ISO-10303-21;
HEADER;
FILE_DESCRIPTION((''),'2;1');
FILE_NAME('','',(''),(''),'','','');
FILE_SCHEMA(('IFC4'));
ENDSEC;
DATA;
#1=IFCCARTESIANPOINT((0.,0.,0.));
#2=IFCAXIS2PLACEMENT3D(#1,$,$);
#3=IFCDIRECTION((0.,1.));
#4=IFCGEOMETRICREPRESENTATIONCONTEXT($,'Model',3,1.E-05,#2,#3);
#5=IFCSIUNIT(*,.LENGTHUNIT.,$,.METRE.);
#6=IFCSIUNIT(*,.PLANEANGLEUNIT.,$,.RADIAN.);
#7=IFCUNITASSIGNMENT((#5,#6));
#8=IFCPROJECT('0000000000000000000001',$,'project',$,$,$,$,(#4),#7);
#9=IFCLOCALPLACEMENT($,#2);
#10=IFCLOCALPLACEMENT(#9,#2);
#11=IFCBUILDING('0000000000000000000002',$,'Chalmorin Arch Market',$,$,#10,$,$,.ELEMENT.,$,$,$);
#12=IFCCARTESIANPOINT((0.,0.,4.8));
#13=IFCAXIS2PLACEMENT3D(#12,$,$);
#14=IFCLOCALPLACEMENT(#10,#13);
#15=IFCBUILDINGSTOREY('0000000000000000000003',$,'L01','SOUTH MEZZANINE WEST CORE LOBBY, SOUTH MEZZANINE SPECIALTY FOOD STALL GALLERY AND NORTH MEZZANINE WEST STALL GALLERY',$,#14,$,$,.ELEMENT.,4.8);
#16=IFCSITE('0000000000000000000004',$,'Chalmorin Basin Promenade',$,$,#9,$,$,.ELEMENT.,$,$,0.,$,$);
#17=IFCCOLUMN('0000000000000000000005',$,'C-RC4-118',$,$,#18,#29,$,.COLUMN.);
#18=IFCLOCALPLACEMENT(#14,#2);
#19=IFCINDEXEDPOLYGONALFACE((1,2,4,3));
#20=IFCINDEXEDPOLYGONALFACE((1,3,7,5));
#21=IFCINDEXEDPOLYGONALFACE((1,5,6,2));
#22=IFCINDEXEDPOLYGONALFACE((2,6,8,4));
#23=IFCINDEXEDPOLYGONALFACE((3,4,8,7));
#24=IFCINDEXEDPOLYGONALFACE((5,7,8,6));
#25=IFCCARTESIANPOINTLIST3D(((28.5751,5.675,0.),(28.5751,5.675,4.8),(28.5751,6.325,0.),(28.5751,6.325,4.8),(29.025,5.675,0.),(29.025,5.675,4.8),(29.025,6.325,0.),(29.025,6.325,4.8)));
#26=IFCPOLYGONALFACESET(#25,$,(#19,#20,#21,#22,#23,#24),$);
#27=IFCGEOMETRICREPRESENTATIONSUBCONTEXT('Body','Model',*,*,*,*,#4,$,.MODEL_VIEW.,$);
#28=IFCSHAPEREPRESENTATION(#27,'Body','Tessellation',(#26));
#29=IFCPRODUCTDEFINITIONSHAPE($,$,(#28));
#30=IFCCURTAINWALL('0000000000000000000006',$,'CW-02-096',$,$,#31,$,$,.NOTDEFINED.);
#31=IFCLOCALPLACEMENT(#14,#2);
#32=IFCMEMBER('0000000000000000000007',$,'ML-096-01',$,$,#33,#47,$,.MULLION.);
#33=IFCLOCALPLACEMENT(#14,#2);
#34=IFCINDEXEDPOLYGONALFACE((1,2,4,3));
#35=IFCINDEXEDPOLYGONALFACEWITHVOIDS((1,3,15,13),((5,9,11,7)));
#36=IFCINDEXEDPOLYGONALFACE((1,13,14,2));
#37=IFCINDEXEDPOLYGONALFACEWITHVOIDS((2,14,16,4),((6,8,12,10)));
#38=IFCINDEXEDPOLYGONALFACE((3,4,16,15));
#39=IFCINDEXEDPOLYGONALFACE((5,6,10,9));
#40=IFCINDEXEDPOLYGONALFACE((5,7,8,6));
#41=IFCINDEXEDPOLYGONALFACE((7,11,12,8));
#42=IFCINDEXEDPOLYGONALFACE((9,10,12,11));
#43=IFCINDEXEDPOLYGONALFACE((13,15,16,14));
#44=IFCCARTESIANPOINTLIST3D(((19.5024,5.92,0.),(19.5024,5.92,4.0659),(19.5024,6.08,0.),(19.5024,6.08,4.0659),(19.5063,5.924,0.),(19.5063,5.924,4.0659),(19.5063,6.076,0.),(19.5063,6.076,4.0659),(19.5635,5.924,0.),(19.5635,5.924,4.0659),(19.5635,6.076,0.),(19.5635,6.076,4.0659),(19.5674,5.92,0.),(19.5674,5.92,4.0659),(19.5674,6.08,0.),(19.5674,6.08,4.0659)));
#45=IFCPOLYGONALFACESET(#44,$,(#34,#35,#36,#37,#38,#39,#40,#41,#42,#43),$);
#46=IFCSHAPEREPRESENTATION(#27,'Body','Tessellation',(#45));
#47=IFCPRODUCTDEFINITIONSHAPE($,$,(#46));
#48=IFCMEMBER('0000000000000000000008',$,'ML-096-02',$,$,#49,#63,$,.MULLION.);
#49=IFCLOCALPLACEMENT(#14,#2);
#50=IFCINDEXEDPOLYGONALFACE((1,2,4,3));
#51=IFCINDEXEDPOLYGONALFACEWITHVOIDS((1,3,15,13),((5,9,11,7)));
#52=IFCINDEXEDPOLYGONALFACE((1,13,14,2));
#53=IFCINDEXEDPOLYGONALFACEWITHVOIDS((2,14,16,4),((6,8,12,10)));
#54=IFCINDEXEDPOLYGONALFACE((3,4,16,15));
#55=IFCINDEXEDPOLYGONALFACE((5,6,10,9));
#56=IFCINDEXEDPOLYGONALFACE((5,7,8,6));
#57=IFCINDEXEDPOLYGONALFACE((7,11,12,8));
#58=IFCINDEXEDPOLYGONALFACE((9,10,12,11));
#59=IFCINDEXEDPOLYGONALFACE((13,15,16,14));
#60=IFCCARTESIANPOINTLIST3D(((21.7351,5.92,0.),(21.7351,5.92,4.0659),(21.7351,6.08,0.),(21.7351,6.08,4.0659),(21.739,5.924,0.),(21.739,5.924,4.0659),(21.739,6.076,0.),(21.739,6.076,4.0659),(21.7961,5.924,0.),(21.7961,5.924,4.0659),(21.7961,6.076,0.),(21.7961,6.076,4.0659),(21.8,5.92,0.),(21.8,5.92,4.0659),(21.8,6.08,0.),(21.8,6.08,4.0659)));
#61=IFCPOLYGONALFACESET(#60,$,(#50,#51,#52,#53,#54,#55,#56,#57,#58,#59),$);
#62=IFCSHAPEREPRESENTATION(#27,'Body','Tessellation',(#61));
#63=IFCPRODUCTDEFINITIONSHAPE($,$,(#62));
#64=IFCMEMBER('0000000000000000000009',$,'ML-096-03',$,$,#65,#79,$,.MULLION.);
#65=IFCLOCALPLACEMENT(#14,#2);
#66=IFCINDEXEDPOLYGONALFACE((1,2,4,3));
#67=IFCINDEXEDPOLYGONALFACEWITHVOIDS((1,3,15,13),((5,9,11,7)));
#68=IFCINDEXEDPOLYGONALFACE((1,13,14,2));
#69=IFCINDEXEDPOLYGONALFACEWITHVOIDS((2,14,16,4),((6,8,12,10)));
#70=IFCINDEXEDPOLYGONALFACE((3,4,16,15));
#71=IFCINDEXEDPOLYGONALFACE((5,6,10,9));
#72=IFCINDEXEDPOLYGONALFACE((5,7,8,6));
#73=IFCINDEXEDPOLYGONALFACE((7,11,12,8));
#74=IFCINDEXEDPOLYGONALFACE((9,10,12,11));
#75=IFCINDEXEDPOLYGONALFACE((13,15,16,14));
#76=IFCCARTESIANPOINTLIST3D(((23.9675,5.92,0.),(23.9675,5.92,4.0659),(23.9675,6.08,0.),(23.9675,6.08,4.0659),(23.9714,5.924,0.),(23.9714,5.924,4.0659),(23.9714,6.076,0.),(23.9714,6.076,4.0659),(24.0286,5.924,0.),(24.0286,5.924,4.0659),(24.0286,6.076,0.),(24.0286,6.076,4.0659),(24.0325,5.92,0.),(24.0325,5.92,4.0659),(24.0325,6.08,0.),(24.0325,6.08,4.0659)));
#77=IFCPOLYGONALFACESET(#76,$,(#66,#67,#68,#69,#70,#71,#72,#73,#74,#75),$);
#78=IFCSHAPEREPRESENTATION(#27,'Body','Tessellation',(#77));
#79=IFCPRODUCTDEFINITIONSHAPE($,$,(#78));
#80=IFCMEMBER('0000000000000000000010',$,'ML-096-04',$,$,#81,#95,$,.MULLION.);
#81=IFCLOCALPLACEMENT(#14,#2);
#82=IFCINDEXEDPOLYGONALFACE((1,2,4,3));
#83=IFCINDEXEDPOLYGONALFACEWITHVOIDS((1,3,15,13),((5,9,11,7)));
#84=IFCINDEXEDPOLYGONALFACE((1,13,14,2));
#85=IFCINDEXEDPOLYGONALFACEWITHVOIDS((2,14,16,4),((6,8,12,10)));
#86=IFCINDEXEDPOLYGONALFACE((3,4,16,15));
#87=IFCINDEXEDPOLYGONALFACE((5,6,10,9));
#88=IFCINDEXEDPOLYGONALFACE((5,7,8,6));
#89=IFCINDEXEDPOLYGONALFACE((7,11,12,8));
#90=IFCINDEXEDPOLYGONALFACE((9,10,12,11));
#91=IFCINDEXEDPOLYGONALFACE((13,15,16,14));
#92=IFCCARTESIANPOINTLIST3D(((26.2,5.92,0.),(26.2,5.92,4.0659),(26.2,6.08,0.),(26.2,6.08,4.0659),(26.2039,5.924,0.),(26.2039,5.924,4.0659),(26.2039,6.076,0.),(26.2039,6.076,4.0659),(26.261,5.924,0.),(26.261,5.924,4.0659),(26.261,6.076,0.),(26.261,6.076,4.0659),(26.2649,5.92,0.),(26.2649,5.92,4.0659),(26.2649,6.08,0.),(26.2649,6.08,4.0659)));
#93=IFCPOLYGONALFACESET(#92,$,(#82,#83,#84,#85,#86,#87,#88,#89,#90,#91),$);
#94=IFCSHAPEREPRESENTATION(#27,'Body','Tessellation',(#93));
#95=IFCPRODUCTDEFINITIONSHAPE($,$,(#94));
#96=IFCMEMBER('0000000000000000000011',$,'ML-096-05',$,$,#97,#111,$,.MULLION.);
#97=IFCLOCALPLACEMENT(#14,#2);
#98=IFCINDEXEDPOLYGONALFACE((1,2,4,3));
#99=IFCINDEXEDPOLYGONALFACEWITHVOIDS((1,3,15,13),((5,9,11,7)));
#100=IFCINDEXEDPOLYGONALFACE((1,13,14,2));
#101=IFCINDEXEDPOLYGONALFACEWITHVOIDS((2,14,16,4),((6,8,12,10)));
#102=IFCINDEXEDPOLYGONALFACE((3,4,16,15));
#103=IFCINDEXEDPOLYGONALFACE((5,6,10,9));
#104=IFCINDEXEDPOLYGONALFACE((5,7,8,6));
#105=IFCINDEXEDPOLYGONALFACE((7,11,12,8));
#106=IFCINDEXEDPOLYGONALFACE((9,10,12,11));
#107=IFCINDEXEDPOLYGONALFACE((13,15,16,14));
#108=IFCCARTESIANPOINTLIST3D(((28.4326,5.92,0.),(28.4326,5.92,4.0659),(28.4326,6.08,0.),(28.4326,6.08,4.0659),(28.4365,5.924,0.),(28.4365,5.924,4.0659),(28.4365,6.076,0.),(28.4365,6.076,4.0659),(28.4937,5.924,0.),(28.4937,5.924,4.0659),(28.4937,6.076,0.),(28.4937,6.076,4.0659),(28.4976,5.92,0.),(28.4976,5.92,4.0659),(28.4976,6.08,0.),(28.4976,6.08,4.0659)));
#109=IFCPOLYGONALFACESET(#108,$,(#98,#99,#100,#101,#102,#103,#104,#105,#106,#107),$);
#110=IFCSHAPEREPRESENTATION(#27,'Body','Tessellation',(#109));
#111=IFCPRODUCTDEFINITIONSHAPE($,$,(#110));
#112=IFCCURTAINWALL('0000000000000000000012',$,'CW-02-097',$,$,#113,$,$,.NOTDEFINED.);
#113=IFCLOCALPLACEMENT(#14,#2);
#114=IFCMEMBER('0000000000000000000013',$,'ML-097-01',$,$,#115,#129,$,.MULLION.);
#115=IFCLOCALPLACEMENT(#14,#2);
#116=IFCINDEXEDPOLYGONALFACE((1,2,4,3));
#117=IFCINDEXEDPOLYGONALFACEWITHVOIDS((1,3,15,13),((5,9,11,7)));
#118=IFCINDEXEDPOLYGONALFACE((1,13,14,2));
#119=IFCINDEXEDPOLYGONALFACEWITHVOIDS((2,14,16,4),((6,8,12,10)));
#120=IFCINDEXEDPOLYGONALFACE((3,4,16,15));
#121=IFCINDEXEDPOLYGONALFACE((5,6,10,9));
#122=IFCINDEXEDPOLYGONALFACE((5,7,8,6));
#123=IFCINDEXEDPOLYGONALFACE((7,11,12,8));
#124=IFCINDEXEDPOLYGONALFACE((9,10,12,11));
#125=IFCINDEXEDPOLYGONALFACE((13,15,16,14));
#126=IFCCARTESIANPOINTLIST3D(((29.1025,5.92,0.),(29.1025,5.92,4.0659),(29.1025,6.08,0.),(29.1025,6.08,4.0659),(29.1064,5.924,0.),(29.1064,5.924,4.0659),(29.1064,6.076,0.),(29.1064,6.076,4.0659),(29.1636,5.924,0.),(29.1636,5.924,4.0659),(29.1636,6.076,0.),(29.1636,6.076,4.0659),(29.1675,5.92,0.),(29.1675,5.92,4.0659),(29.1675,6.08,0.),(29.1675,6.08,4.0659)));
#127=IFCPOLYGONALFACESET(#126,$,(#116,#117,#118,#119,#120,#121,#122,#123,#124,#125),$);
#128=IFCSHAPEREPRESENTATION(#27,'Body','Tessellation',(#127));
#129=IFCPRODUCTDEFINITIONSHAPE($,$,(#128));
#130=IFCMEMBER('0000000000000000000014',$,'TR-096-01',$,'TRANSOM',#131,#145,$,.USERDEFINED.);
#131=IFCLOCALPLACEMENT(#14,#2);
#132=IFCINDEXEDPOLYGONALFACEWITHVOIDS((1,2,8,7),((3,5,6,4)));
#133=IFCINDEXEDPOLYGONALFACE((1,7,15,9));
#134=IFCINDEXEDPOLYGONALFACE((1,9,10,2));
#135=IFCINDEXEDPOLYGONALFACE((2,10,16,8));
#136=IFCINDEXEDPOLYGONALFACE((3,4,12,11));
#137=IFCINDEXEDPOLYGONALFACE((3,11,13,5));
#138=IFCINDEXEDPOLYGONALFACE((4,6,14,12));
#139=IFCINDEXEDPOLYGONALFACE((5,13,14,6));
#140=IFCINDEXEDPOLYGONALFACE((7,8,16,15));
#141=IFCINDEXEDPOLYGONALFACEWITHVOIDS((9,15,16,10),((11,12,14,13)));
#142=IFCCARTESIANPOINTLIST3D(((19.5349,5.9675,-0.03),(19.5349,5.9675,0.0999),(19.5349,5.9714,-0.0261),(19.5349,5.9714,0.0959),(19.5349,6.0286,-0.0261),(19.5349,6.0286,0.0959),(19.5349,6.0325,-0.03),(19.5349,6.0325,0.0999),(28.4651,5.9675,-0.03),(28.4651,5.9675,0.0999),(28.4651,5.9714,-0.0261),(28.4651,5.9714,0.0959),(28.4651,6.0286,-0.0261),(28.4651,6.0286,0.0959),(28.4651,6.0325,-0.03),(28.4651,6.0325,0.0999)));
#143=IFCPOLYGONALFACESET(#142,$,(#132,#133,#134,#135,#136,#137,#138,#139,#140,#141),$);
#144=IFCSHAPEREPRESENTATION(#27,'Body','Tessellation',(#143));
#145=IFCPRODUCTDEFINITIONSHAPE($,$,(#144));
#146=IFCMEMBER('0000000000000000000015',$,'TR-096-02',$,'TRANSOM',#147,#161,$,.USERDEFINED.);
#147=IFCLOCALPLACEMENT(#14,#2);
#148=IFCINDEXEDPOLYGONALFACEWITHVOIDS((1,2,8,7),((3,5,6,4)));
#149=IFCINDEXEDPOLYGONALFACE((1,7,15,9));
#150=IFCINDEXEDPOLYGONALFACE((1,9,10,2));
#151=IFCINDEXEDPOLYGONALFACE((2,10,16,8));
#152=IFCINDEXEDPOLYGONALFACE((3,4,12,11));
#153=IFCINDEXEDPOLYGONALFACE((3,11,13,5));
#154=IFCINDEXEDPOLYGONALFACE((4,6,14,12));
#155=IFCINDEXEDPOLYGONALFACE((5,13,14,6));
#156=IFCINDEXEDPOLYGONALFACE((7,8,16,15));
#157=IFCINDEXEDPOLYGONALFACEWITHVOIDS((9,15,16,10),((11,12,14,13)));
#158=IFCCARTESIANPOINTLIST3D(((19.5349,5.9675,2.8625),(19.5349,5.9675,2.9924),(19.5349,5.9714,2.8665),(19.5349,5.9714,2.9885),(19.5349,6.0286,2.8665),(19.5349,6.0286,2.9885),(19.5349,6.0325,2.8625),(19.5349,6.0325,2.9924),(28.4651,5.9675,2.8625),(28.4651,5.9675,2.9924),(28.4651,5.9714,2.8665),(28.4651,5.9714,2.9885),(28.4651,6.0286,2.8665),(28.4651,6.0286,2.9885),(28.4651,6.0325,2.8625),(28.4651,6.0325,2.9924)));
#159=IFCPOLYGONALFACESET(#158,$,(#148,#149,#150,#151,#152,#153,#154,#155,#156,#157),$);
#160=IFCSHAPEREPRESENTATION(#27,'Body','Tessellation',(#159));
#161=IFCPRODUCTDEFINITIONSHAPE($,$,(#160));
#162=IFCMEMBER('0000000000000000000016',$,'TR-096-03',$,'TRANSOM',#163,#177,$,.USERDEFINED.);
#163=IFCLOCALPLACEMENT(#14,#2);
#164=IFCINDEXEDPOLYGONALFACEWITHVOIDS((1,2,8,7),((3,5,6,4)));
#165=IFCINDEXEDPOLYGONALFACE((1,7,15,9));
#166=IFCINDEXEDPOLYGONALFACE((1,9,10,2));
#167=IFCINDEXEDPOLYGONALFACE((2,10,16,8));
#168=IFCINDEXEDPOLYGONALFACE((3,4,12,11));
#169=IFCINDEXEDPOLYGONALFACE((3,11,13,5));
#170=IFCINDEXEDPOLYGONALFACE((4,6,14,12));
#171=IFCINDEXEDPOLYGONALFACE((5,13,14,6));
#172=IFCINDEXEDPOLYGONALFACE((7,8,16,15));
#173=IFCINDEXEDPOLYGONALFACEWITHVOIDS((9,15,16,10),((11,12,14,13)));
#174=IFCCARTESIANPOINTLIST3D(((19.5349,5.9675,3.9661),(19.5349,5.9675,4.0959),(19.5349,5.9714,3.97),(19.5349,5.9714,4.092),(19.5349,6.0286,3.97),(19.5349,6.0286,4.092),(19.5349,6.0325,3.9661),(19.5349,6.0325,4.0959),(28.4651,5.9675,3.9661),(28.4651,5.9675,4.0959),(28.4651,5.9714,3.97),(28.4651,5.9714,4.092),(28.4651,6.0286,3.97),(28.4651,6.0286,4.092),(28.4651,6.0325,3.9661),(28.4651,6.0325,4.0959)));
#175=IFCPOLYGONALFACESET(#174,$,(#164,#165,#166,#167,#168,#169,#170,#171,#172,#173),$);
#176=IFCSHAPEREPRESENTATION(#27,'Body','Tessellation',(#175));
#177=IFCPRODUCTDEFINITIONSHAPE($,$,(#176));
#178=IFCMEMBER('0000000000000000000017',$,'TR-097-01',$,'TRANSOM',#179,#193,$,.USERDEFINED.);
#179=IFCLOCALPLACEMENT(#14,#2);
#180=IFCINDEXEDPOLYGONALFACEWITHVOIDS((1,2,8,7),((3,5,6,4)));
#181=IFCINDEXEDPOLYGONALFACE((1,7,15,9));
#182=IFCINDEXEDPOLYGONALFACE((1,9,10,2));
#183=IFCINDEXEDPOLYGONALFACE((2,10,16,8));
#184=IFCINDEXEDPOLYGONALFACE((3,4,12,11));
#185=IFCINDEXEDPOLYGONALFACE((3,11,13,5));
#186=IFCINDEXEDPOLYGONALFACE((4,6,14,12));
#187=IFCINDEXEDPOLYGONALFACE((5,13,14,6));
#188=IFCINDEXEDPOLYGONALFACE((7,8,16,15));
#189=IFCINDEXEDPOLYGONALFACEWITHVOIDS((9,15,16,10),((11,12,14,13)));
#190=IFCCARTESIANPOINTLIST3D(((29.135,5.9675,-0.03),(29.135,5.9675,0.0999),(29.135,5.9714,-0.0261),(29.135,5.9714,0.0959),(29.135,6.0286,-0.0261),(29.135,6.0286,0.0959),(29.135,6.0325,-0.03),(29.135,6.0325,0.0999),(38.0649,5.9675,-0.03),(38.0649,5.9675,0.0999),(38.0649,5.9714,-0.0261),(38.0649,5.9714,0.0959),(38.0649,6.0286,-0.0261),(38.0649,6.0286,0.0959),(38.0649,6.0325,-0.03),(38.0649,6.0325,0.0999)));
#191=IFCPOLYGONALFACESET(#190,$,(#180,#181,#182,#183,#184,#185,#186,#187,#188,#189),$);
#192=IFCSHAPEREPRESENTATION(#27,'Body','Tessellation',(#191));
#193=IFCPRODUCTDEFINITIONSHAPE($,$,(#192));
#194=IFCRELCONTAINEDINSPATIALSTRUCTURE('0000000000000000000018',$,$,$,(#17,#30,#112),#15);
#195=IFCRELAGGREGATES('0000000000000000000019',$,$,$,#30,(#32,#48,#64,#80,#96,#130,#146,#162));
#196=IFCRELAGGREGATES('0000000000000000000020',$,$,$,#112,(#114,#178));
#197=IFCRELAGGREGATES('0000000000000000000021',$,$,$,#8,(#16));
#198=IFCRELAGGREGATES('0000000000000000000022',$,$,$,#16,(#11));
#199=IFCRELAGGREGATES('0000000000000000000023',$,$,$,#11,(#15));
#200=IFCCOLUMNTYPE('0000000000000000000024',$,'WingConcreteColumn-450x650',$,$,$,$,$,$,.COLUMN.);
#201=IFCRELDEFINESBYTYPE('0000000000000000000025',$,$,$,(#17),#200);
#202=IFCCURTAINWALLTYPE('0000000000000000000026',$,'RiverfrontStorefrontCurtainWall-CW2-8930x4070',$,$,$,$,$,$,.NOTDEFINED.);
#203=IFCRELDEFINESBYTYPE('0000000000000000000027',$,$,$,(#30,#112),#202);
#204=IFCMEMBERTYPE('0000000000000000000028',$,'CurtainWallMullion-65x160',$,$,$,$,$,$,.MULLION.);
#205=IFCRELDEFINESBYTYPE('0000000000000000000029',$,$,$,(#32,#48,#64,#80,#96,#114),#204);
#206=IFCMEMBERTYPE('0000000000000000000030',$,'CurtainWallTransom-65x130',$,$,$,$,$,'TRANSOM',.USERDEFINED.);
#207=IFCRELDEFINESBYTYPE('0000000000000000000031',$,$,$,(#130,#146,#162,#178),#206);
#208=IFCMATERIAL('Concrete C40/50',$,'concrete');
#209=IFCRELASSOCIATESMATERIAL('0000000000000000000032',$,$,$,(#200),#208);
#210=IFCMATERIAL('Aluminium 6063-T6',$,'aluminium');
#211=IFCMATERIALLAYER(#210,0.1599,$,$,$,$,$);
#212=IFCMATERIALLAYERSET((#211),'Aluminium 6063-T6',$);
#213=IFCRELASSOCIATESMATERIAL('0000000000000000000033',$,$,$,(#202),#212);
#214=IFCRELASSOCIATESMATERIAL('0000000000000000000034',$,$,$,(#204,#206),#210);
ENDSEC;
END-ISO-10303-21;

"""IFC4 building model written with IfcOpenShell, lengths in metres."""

from ifc_helpers import new_model, si_unit, direction, frame, origin, origin_2d, place, context, subcontext, project, spatial, rectangle, hollow_rectangle, extrude, material, layer, layer_set, material_profile, profile_set, type_object, element, aggregate, save


model = new_model("IFC4")

# Units and contexts
model_context = context("Model", 3, precision=1e-05, world=origin(), true_north=direction((0.0, 1.0)))
body_context = subcontext(model_context, "Body", "Model", "MODEL_VIEW")
ifc_project = project(units=[si_unit("LENGTHUNIT", "METRE"), si_unit("PLANEANGLEUNIT", "RADIAN")], contexts=[model_context])

# Site, building, storey
site_placement = place(None, origin())
site = spatial("IfcSite", under=ifc_project, at=site_placement, Name="Chalmorin Basin Promenade", CompositionType="ELEMENT", RefElevation=0.0)
building_placement = place(site_placement, origin())
building = spatial("IfcBuilding", under=site, at=building_placement, Name="Chalmorin Arch Market", CompositionType="ELEMENT")
storey_placement = place(building_placement, frame((0.0, 0.0, 4.8)))
storey = spatial("IfcBuildingStorey", under=building, at=storey_placement, Name="L01", Description="SOUTH MEZZANINE WEST CORE LOBBY, SOUTH MEZZANINE SPECIALTY FOOD STALL GALLERY AND NORTH MEZZANINE WEST STALL GALLERY", CompositionType="ELEMENT", Elevation=4.8)

# Column
ifc_material_1 = material(Name="Concrete C40/50", Category="concrete")
ifc_material_profile_1 = material_profile(ifc_material_1, rectangle(XDim=0.45, YDim=0.6499, at=origin_2d()), Name="RC450X650")
ifc_profile_set_1 = profile_set([ifc_material_profile_1], Name="Concrete C40/50")
column_type = type_object("IfcColumnType", Name="WingConcreteColumn-450x650", PredefinedType="COLUMN", material=ifc_profile_set_1)
column_placement = place(storey_placement, frame((28.8, 6.0, 0.0), z_axis=(0.0, 0.0, 1.0), x_axis=(1.0, 0.0, 0.0)))
element("IfcColumn", 1, at=column_placement, inside=storey, type_object=column_type, Name="C-RC4-118", PredefinedType="COLUMN", context=body_context, shape_type="SweptSolid", body=[
    extrude(rectangle(XDim=0.45, YDim=0.6499, at=origin_2d()), origin(), (0.0, 0.0, 1.0), 4.8),
])

# Curtain wall, members
ifc_material_2 = material(Name="Aluminium 6063-T6", Category="aluminium")
ifc_layer_1 = layer(ifc_material_2, 0.1599)
ifc_layer_set_1 = layer_set([ifc_layer_1], Name="Aluminium 6063-T6")
curtain_wall_type = type_object("IfcCurtainWallType", Name="RiverfrontStorefrontCurtainWall-CW2-8930x4070", PredefinedType="NOTDEFINED", material=ifc_layer_set_1)
curtain_wall_1_placement = place(storey_placement, origin())
curtain_wall_1 = element("IfcCurtainWall", 2, at=curtain_wall_1_placement, inside=storey, type_object=curtain_wall_type, Name="CW-02-096", PredefinedType="NOTDEFINED")
ifc_material_profile_2 = material_profile(ifc_material_2, hollow_rectangle(XDim=0.0649, YDim=0.1599, WallThickness=0.0039, at=origin_2d()), Name="ALU65X160X4")
ifc_profile_set_2 = profile_set([ifc_material_profile_2], Name="Aluminium 6063-T6")
member_type_1 = type_object("IfcMemberType", Name="CurtainWallMullion-65x160", PredefinedType="MULLION", material=ifc_profile_set_2)
member_1_placement = place(storey_placement, frame((19.5349, 6.0, 0.0), z_axis=(0.0, 0.0, 1.0), x_axis=(1.0, 0.0, 0.0)))
member_1 = element("IfcMember", 3, at=member_1_placement, type_object=member_type_1, Name="ML-096-01", PredefinedType="MULLION", context=body_context, shape_type="SweptSolid", body=[
    extrude(hollow_rectangle(XDim=0.0649, YDim=0.1599, WallThickness=0.0039, at=origin_2d()), origin(), (0.0, 0.0, 1.0), 4.0659),
])
member_2_placement = place(storey_placement, frame((21.7676, 6.0, 0.0), z_axis=(0.0, 0.0, 1.0), x_axis=(1.0, 0.0, 0.0)))
member_2 = element("IfcMember", 4, at=member_2_placement, type_object=member_type_1, Name="ML-096-02", PredefinedType="MULLION", context=body_context, shape_type="SweptSolid", body=[
    extrude(hollow_rectangle(XDim=0.0649, YDim=0.1599, WallThickness=0.0039, at=origin_2d()), origin(), (0.0, 0.0, 1.0), 4.0659),
])
member_3_placement = place(storey_placement, frame((24.0, 6.0, 0.0), z_axis=(0.0, 0.0, 1.0), x_axis=(1.0, 0.0, 0.0)))
member_3 = element("IfcMember", 5, at=member_3_placement, type_object=member_type_1, Name="ML-096-03", PredefinedType="MULLION", context=body_context, shape_type="SweptSolid", body=[
    extrude(hollow_rectangle(XDim=0.0649, YDim=0.1599, WallThickness=0.0039, at=origin_2d()), origin(), (0.0, 0.0, 1.0), 4.0659),
])
member_4_placement = place(storey_placement, frame((26.2324, 6.0, 0.0), z_axis=(0.0, 0.0, 1.0), x_axis=(1.0, 0.0, 0.0)))
member_4 = element("IfcMember", 6, at=member_4_placement, type_object=member_type_1, Name="ML-096-04", PredefinedType="MULLION", context=body_context, shape_type="SweptSolid", body=[
    extrude(hollow_rectangle(XDim=0.0649, YDim=0.1599, WallThickness=0.0039, at=origin_2d()), origin(), (0.0, 0.0, 1.0), 4.0659),
])
member_5_placement = place(storey_placement, frame((28.4651, 6.0, 0.0), z_axis=(0.0, 0.0, 1.0), x_axis=(1.0, 0.0, 0.0)))
member_5 = element("IfcMember", 7, at=member_5_placement, type_object=member_type_1, Name="ML-096-05", PredefinedType="MULLION", context=body_context, shape_type="SweptSolid", body=[
    extrude(hollow_rectangle(XDim=0.0649, YDim=0.1599, WallThickness=0.0039, at=origin_2d()), origin(), (0.0, 0.0, 1.0), 4.0659),
])

# Curtain wall, member
curtain_wall_2_placement = place(storey_placement, origin())
curtain_wall_2 = element("IfcCurtainWall", 8, at=curtain_wall_2_placement, inside=storey, type_object=curtain_wall_type, Name="CW-02-097", PredefinedType="NOTDEFINED")
member_6_placement = place(storey_placement, frame((29.135, 6.0, 0.0), z_axis=(0.0, 0.0, 1.0), x_axis=(1.0, 0.0, 0.0)))
member_6 = element("IfcMember", 9, at=member_6_placement, type_object=member_type_1, Name="ML-097-01", PredefinedType="MULLION", context=body_context, shape_type="SweptSolid", body=[
    extrude(hollow_rectangle(XDim=0.0649, YDim=0.1599, WallThickness=0.0039, at=origin_2d()), origin(), (0.0, 0.0, 1.0), 4.0659),
])

# Members
ifc_material_profile_3 = material_profile(ifc_material_2, hollow_rectangle(XDim=0.0649, YDim=0.1299, WallThickness=0.0039, at=origin_2d()), Name="ALU65X130X4")
ifc_profile_set_3 = profile_set([ifc_material_profile_3], Name="Aluminium 6063-T6")
member_type_2 = type_object("IfcMemberType", Name="CurtainWallTransom-65x130", ElementType="TRANSOM", PredefinedType="USERDEFINED", material=ifc_profile_set_3)
member_7_placement = place(storey_placement, frame((19.5349, 6.0, 0.0349), z_axis=(1.0, 0.0, 0.0), x_axis=(0.0, 1.0, 0.0)))
member_7 = element("IfcMember", 10, at=member_7_placement, type_object=member_type_2, Name="TR-096-01", ObjectType="TRANSOM", PredefinedType="USERDEFINED", context=body_context, shape_type="SweptSolid", body=[
    extrude(hollow_rectangle(XDim=0.0649, YDim=0.1299, WallThickness=0.0039, at=origin_2d()), origin(), (0.0, 0.0, 1.0), 8.9302),
])
member_8_placement = place(storey_placement, frame((19.5349, 6.0, 2.9275), z_axis=(1.0, 0.0, 0.0), x_axis=(0.0, 1.0, 0.0)))
member_8 = element("IfcMember", 11, at=member_8_placement, type_object=member_type_2, Name="TR-096-02", ObjectType="TRANSOM", PredefinedType="USERDEFINED", context=body_context, shape_type="SweptSolid", body=[
    extrude(hollow_rectangle(XDim=0.0649, YDim=0.1299, WallThickness=0.0039, at=origin_2d()), origin(), (0.0, 0.0, 1.0), 8.9302),
])
member_9_placement = place(storey_placement, frame((19.5349, 6.0, 4.031), z_axis=(1.0, 0.0, 0.0), x_axis=(0.0, 1.0, 0.0)))
member_9 = element("IfcMember", 12, at=member_9_placement, type_object=member_type_2, Name="TR-096-03", ObjectType="TRANSOM", PredefinedType="USERDEFINED", context=body_context, shape_type="SweptSolid", body=[
    extrude(hollow_rectangle(XDim=0.0649, YDim=0.1299, WallThickness=0.0039, at=origin_2d()), origin(), (0.0, 0.0, 1.0), 8.9302),
])
member_10_placement = place(storey_placement, frame((29.135, 6.0, 0.0349), z_axis=(1.0, 0.0, 0.0), x_axis=(0.0, 1.0, 0.0)))
member_10 = element("IfcMember", 13, at=member_10_placement, type_object=member_type_2, Name="TR-097-01", ObjectType="TRANSOM", PredefinedType="USERDEFINED", context=body_context, shape_type="SweptSolid", body=[
    extrude(hollow_rectangle(XDim=0.0649, YDim=0.1299, WallThickness=0.0039, at=origin_2d()), origin(), (0.0, 0.0, 1.0), 8.9299),
])

aggregate(curtain_wall_1, [member_1, member_2, member_3, member_4, member_5, member_7, member_8, member_9])
aggregate(curtain_wall_2, [member_6, member_10])

save(model, "model.ifc")
